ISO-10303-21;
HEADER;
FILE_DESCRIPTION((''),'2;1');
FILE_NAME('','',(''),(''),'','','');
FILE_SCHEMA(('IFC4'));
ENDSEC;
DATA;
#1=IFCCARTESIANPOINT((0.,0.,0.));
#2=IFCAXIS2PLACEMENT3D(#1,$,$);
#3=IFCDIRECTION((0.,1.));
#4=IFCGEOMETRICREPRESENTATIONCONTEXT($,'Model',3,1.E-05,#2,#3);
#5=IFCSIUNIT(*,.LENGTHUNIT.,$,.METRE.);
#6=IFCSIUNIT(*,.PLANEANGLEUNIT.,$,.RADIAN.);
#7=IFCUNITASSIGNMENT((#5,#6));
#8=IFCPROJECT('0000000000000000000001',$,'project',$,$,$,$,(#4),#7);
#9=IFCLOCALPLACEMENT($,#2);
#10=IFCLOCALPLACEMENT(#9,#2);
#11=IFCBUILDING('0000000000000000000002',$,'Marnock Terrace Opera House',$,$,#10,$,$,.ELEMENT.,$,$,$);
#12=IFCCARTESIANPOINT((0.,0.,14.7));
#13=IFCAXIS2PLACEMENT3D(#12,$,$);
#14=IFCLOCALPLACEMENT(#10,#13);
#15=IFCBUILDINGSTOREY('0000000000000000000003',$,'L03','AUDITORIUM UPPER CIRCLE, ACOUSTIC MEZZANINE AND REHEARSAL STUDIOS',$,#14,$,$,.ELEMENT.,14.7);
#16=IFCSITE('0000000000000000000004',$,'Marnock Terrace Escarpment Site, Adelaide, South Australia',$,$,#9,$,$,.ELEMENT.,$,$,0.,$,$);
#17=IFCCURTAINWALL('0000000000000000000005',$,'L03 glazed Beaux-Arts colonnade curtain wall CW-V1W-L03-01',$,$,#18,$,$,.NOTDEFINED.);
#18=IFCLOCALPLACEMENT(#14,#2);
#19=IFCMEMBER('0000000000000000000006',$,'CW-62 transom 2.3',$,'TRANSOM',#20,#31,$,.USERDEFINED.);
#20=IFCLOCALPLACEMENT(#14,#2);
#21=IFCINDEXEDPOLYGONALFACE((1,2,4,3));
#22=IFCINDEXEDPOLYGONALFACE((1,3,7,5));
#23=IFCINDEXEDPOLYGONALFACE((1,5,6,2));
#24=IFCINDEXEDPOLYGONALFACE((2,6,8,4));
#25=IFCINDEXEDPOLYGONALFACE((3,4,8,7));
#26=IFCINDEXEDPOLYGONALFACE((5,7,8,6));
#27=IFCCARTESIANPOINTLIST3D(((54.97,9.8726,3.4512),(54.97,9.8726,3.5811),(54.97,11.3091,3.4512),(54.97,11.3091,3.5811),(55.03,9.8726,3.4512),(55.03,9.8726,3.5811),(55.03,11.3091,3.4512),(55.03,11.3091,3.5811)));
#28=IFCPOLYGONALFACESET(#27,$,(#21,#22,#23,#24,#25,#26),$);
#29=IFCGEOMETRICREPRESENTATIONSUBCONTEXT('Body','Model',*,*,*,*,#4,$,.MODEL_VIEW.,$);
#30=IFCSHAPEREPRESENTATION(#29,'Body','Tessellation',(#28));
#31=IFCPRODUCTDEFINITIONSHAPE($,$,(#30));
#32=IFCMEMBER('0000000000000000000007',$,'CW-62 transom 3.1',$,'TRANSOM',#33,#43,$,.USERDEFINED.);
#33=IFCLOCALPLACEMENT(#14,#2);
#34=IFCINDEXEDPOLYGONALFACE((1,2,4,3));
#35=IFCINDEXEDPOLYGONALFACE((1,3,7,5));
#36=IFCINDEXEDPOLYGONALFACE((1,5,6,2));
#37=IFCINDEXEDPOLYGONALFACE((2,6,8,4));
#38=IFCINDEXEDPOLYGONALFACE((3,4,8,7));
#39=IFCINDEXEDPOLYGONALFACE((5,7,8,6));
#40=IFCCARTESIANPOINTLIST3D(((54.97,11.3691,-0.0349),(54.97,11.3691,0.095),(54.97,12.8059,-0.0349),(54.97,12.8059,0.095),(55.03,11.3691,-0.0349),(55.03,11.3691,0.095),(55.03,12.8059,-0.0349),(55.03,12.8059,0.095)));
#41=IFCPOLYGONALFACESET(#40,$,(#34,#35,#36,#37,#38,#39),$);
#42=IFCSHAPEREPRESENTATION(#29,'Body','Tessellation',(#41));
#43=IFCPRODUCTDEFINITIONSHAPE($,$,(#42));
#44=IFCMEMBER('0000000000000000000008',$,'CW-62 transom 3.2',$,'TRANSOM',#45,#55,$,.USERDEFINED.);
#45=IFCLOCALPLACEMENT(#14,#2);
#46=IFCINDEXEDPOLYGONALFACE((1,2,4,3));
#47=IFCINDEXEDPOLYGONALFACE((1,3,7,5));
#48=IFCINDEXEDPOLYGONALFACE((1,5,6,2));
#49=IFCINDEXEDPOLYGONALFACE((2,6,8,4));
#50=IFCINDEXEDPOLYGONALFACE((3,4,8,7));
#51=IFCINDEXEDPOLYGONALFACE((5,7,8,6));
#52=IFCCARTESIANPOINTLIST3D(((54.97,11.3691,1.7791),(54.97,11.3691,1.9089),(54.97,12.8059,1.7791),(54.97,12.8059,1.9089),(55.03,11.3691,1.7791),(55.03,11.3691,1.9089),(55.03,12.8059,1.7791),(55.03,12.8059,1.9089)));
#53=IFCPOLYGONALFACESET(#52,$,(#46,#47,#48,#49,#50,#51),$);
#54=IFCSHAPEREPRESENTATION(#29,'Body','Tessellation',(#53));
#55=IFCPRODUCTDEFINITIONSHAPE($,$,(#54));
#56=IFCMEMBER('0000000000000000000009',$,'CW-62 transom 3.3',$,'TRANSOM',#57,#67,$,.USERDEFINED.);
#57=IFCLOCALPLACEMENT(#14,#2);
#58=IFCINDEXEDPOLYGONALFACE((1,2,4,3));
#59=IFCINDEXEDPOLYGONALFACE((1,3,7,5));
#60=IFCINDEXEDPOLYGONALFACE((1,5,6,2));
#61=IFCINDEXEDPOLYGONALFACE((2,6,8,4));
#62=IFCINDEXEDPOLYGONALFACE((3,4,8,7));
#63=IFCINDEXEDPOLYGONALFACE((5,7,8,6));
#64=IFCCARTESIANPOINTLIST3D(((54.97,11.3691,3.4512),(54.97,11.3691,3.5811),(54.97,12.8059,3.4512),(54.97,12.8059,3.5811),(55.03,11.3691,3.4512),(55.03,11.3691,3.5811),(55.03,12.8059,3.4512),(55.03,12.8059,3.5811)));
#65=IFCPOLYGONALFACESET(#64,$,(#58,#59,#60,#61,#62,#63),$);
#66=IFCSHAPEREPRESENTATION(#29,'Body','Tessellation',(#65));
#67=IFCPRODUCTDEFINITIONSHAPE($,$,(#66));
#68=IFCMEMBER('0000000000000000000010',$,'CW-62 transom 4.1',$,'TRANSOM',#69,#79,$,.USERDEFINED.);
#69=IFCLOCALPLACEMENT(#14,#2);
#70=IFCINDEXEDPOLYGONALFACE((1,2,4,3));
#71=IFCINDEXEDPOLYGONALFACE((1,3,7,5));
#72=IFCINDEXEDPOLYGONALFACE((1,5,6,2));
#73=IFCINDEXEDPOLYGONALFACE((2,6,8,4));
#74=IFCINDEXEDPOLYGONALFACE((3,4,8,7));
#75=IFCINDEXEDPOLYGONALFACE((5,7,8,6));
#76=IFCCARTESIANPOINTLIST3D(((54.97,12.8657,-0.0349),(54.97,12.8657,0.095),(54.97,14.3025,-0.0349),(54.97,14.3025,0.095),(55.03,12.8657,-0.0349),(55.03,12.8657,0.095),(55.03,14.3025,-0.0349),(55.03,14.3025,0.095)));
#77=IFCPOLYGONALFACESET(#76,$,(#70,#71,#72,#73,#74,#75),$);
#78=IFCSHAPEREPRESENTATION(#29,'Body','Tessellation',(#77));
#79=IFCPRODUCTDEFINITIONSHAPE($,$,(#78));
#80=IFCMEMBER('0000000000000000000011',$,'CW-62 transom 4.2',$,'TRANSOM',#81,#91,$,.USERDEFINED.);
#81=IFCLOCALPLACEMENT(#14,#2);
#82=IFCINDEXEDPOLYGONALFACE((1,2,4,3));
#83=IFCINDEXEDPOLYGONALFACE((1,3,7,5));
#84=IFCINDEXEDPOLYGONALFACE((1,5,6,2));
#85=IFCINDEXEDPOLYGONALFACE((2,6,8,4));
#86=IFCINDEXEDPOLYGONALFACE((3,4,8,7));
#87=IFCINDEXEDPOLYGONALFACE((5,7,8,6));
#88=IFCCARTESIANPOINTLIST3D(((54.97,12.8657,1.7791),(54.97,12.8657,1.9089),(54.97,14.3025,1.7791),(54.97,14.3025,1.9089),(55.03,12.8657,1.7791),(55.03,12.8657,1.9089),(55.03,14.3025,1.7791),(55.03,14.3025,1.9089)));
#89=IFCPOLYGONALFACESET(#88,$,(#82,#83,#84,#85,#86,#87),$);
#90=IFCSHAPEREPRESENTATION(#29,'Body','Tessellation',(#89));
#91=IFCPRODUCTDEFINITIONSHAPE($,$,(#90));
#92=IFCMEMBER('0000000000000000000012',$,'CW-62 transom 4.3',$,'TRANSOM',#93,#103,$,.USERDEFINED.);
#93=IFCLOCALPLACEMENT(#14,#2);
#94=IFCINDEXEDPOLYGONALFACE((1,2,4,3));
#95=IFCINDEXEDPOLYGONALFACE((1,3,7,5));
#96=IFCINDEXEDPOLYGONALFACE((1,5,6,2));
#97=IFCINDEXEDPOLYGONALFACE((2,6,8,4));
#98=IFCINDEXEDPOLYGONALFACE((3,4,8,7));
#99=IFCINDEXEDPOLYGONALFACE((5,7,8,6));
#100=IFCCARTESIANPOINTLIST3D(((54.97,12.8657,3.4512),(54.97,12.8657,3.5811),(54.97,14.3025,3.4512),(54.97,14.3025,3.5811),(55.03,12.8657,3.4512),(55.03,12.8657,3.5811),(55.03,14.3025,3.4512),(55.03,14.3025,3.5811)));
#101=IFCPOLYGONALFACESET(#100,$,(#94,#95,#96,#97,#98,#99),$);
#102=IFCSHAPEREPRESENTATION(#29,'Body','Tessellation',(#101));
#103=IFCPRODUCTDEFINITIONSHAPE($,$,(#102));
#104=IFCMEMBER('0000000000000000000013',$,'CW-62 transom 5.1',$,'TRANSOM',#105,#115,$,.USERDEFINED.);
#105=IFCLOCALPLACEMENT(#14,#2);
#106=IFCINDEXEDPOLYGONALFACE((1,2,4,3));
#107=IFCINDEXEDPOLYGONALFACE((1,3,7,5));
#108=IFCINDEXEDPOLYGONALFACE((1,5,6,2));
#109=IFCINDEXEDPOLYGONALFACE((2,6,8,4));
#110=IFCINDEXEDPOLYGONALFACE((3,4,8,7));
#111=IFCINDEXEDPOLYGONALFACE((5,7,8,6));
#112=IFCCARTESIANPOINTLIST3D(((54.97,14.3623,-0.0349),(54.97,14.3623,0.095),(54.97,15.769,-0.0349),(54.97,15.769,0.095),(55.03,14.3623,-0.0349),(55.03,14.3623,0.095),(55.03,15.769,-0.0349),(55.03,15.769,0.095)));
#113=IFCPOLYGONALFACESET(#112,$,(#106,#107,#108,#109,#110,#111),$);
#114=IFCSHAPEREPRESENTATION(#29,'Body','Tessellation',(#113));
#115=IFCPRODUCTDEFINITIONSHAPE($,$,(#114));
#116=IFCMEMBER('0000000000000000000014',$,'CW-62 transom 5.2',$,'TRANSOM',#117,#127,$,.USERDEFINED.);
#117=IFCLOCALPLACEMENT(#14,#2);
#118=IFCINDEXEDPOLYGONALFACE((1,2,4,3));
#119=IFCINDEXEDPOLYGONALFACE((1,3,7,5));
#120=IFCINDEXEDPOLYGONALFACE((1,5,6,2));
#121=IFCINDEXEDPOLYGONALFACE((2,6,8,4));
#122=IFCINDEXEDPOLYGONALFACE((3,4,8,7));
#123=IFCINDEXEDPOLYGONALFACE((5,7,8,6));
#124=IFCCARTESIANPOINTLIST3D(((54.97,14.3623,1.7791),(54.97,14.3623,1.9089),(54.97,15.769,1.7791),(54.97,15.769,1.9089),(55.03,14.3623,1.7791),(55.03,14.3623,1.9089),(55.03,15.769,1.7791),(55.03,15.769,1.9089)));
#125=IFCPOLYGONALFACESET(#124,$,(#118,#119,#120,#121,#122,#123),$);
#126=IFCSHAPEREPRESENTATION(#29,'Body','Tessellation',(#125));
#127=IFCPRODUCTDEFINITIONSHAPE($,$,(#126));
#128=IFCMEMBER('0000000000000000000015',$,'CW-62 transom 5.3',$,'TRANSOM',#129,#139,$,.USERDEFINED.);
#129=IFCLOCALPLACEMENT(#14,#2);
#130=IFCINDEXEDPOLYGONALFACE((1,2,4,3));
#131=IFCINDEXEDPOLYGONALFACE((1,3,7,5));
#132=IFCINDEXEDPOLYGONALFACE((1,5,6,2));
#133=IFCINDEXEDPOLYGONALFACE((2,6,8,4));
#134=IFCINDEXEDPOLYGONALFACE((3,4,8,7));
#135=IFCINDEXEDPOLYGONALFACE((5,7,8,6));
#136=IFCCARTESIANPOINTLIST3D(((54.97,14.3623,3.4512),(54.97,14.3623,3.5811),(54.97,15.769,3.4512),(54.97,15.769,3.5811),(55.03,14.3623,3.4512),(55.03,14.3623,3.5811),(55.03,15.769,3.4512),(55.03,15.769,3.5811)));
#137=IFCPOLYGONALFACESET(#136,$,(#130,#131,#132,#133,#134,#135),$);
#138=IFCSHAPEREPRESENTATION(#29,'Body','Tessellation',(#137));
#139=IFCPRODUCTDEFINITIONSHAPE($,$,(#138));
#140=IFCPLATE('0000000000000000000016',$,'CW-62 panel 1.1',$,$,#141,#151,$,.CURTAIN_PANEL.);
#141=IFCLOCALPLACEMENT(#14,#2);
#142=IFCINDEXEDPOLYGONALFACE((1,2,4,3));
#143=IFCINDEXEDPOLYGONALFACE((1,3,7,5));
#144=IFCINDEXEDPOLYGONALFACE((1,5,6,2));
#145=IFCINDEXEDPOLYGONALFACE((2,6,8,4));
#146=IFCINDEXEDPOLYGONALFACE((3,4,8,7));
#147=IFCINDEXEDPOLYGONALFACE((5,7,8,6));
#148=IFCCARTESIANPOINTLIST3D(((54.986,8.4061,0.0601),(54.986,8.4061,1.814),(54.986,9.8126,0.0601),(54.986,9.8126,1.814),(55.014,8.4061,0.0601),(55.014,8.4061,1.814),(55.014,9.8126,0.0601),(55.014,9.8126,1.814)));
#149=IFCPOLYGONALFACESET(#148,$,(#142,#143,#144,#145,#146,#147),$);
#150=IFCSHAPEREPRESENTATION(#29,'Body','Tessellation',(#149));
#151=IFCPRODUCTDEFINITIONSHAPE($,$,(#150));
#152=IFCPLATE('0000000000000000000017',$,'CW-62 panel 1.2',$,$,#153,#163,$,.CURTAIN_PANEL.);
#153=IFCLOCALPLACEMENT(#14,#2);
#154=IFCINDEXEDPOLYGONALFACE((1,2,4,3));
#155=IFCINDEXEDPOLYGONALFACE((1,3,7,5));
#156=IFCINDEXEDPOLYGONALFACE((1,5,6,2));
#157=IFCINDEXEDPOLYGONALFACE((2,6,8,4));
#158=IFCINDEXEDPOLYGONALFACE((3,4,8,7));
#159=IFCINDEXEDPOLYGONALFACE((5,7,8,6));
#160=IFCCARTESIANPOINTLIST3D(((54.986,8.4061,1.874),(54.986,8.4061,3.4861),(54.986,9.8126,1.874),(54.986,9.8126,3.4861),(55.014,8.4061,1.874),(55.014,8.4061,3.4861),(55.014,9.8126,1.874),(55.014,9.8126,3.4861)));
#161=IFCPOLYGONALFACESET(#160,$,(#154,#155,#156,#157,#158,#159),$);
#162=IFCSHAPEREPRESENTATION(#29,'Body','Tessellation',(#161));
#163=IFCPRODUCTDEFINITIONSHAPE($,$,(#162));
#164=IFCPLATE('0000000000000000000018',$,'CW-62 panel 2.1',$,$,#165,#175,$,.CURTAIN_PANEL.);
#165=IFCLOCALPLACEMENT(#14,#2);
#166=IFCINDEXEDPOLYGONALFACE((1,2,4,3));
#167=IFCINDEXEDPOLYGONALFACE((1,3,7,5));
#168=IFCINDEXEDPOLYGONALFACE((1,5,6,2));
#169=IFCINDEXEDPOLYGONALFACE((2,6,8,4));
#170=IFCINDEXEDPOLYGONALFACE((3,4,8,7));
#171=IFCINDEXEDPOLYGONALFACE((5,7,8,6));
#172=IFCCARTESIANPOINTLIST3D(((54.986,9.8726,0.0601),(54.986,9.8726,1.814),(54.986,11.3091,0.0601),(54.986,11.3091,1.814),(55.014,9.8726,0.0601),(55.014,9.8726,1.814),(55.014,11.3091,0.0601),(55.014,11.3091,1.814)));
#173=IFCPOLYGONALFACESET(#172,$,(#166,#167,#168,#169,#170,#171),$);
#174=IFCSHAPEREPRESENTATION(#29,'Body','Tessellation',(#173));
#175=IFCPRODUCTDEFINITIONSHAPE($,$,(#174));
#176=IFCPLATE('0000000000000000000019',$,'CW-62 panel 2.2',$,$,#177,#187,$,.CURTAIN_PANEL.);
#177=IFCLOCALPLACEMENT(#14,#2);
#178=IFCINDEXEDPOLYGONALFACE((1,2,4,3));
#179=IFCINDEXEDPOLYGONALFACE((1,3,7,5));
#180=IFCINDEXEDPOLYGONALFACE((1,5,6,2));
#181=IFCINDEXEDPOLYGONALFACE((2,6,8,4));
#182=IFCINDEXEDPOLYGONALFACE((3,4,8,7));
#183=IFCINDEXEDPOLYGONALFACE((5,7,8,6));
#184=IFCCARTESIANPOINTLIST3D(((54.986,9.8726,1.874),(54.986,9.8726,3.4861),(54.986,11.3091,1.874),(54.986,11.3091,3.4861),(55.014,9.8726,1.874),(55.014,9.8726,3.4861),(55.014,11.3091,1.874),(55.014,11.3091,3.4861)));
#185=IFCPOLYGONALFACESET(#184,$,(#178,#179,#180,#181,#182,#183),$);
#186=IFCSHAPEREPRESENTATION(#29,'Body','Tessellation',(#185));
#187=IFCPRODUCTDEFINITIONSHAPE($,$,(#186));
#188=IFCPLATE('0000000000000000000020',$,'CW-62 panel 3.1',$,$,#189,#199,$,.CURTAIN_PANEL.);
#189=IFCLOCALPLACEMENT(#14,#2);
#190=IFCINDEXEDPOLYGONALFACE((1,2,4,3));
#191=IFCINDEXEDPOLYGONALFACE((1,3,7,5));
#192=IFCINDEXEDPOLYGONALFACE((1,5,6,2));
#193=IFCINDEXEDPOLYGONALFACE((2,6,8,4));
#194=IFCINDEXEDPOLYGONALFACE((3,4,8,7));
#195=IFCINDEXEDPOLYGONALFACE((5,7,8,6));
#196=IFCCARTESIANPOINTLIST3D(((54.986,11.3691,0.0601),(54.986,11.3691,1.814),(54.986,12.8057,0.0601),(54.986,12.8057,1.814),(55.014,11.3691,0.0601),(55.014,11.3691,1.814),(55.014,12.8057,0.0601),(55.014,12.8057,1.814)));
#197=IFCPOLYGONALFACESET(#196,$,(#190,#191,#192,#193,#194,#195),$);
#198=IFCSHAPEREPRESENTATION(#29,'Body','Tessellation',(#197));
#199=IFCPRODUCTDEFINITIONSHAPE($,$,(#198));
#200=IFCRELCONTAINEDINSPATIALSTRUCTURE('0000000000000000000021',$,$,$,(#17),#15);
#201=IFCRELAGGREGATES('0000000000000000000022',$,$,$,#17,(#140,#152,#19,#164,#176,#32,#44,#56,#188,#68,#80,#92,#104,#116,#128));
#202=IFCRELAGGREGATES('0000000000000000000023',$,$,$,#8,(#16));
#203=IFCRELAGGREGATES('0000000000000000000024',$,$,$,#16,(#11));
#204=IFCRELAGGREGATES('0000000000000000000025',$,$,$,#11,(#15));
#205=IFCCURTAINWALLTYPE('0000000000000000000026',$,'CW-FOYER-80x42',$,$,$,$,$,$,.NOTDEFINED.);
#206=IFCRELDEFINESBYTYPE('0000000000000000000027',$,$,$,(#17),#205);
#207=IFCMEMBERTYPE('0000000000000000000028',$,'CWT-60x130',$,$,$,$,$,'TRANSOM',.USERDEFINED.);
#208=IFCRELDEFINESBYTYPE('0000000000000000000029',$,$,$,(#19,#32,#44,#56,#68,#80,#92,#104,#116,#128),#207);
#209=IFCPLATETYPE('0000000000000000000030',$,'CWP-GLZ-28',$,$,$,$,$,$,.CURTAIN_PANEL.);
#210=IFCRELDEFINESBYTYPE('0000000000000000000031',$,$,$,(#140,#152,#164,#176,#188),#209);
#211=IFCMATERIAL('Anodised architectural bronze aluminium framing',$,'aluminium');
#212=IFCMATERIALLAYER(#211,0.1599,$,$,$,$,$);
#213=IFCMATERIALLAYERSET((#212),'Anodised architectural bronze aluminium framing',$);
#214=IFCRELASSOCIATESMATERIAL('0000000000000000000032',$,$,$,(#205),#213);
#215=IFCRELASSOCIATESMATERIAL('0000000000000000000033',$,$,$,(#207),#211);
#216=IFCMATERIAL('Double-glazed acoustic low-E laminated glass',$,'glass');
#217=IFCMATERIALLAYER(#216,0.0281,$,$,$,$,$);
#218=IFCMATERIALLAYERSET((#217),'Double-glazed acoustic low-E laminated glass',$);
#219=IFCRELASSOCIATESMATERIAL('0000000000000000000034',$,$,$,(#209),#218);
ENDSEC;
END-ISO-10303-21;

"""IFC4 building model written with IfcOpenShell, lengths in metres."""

from ifc_helpers import new_model, si_unit, direction, frame, origin, origin_2d, place, context, subcontext, project, spatial, rectangle, extrude, material, layer, layer_set, material_profile, profile_set, type_object, element, aggregate, save


model = new_model("IFC4")

# Units and contexts
model_context = context("Model", 3, precision=1e-05, world=origin(), true_north=direction((0.0, 1.0)))
body_context = subcontext(model_context, "Body", "Model", "MODEL_VIEW")
ifc_project = project(units=[si_unit("LENGTHUNIT", "METRE"), si_unit("PLANEANGLEUNIT", "RADIAN")], contexts=[model_context])

# Site, building, storey
site_placement = place(None, origin())
site = spatial("IfcSite", under=ifc_project, at=site_placement, Name="Marnock Terrace Escarpment Site, Adelaide, South Australia", CompositionType="ELEMENT", RefElevation=0.0)
building_placement = place(site_placement, origin())
building = spatial("IfcBuilding", under=site, at=building_placement, Name="Marnock Terrace Opera House", CompositionType="ELEMENT")
storey_placement = place(building_placement, frame((0.0, 0.0, 14.7)))
storey = spatial("IfcBuildingStorey", under=building, at=storey_placement, Name="L03", Description="AUDITORIUM UPPER CIRCLE, ACOUSTIC MEZZANINE AND REHEARSAL STUDIOS", CompositionType="ELEMENT", Elevation=14.7)

# Curtain wall, members, plates
ifc_material_1 = material(Name="Anodised architectural bronze aluminium framing", Category="aluminium")
ifc_layer_1 = layer(ifc_material_1, 0.1599)
ifc_layer_set_1 = layer_set([ifc_layer_1], Name="Anodised architectural bronze aluminium framing")
curtain_wall_type = type_object("IfcCurtainWallType", Name="CW-FOYER-80x42", PredefinedType="NOTDEFINED", material=ifc_layer_set_1)
curtain_wall_placement = place(storey_placement, origin())
curtain_wall = element("IfcCurtainWall", 1, at=curtain_wall_placement, inside=storey, type_object=curtain_wall_type, Name="L03 glazed Beaux-Arts colonnade curtain wall CW-V1W-L03-01", PredefinedType="NOTDEFINED")
ifc_material_profile_1 = material_profile(ifc_material_1, rectangle(XDim=0.0601, YDim=0.1299, at=origin_2d()))
ifc_profile_set_1 = profile_set([ifc_material_profile_1], Name="Anodised architectural bronze aluminium framing")
member_type_1 = type_object("IfcMemberType", Name="CWT-60x130", ElementType="TRANSOM", PredefinedType="USERDEFINED", material=ifc_profile_set_1)
member_1_placement = place(storey_placement, frame((55.0, 9.8726, 3.5161), z_axis=(0.0, 1.0, 0.0), x_axis=(-1.0, 0.0, 0.0)))
member_1 = element("IfcMember", 2, at=member_1_placement, type_object=member_type_1, Name="CW-62 transom 2.3", ObjectType="TRANSOM", PredefinedType="USERDEFINED", context=body_context, shape_type="SweptSolid", body=[
    extrude(rectangle(XDim=0.0601, YDim=0.1299, at=origin_2d()), origin(), (0.0, 0.0, 1.0), 1.4365),
])
member_2_placement = place(storey_placement, frame((55.0, 11.3691, 0.03), z_axis=(0.0, 1.0, 0.0), x_axis=(-1.0, 0.0, 0.0)))
member_2 = element("IfcMember", 3, at=member_2_placement, type_object=member_type_1, Name="CW-62 transom 3.1", ObjectType="TRANSOM", PredefinedType="USERDEFINED", context=body_context, shape_type="SweptSolid", body=[
    extrude(rectangle(XDim=0.0601, YDim=0.1299, at=origin_2d()), origin(), (0.0, 0.0, 1.0), 1.4368),
])
member_3_placement = place(storey_placement, frame((55.0, 11.3691, 1.844), z_axis=(0.0, 1.0, 0.0), x_axis=(-1.0, 0.0, 0.0)))
member_3 = element("IfcMember", 4, at=member_3_placement, type_object=member_type_1, Name="CW-62 transom 3.2", ObjectType="TRANSOM", PredefinedType="USERDEFINED", context=body_context, shape_type="SweptSolid", body=[
    extrude(rectangle(XDim=0.0601, YDim=0.1299, at=origin_2d()), origin(), (0.0, 0.0, 1.0), 1.4368),
])
member_4_placement = place(storey_placement, frame((55.0, 11.3691, 3.5161), z_axis=(0.0, 1.0, 0.0), x_axis=(-1.0, 0.0, 0.0)))
member_4 = element("IfcMember", 5, at=member_4_placement, type_object=member_type_1, Name="CW-62 transom 3.3", ObjectType="TRANSOM", PredefinedType="USERDEFINED", context=body_context, shape_type="SweptSolid", body=[
    extrude(rectangle(XDim=0.0601, YDim=0.1299, at=origin_2d()), origin(), (0.0, 0.0, 1.0), 1.4368),
])
member_5_placement = place(storey_placement, frame((55.0, 12.8657, 0.03), z_axis=(0.0, 1.0, 0.0), x_axis=(-1.0, 0.0, 0.0)))
member_5 = element("IfcMember", 6, at=member_5_placement, type_object=member_type_1, Name="CW-62 transom 4.1", ObjectType="TRANSOM", PredefinedType="USERDEFINED", context=body_context, shape_type="SweptSolid", body=[
    extrude(rectangle(XDim=0.0601, YDim=0.1299, at=origin_2d()), origin(), (0.0, 0.0, 1.0), 1.4368),
])
member_6_placement = place(storey_placement, frame((55.0, 12.8657, 1.844), z_axis=(0.0, 1.0, 0.0), x_axis=(-1.0, 0.0, 0.0)))
member_6 = element("IfcMember", 7, at=member_6_placement, type_object=member_type_1, Name="CW-62 transom 4.2", ObjectType="TRANSOM", PredefinedType="USERDEFINED", context=body_context, shape_type="SweptSolid", body=[
    extrude(rectangle(XDim=0.0601, YDim=0.1299, at=origin_2d()), origin(), (0.0, 0.0, 1.0), 1.4368),
])
member_7_placement = place(storey_placement, frame((55.0, 12.8657, 3.5161), z_axis=(0.0, 1.0, 0.0), x_axis=(-1.0, 0.0, 0.0)))
member_7 = element("IfcMember", 8, at=member_7_placement, type_object=member_type_1, Name="CW-62 transom 4.3", ObjectType="TRANSOM", PredefinedType="USERDEFINED", context=body_context, shape_type="SweptSolid", body=[
    extrude(rectangle(XDim=0.0601, YDim=0.1299, at=origin_2d()), origin(), (0.0, 0.0, 1.0), 1.4368),
])
member_8_placement = place(storey_placement, frame((55.0, 14.3623, 0.03), z_axis=(0.0, 1.0, 0.0), x_axis=(-1.0, 0.0, 0.0)))
member_8 = element("IfcMember", 9, at=member_8_placement, type_object=member_type_1, Name="CW-62 transom 5.1", ObjectType="TRANSOM", PredefinedType="USERDEFINED", context=body_context, shape_type="SweptSolid", body=[
    extrude(rectangle(XDim=0.0601, YDim=0.1299, at=origin_2d()), origin(), (0.0, 0.0, 1.0), 1.4067),
])
member_9_placement = place(storey_placement, frame((55.0, 14.3623, 1.844), z_axis=(0.0, 1.0, 0.0), x_axis=(-1.0, 0.0, 0.0)))
member_9 = element("IfcMember", 10, at=member_9_placement, type_object=member_type_1, Name="CW-62 transom 5.2", ObjectType="TRANSOM", PredefinedType="USERDEFINED", context=body_context, shape_type="SweptSolid", body=[
    extrude(rectangle(XDim=0.0601, YDim=0.1299, at=origin_2d()), origin(), (0.0, 0.0, 1.0), 1.4067),
])
member_10_placement = place(storey_placement, frame((55.0, 14.3623, 3.5161), z_axis=(0.0, 1.0, 0.0), x_axis=(-1.0, 0.0, 0.0)))
member_10 = element("IfcMember", 11, at=member_10_placement, type_object=member_type_1, Name="CW-62 transom 5.3", ObjectType="TRANSOM", PredefinedType="USERDEFINED", context=body_context, shape_type="SweptSolid", body=[
    extrude(rectangle(XDim=0.0601, YDim=0.1299, at=origin_2d()), origin(), (0.0, 0.0, 1.0), 1.4067),
])
ifc_material_2 = material(Name="Double-glazed acoustic low-E laminated glass", Category="glass")
ifc_layer_2 = layer(ifc_material_2, 0.0281)
ifc_layer_set_2 = layer_set([ifc_layer_2], Name="Double-glazed acoustic low-E laminated glass")
plate_type = type_object("IfcPlateType", Name="CWP-GLZ-28", PredefinedType="CURTAIN_PANEL", material=ifc_layer_set_2)
plate_1_placement = place(storey_placement, frame((55.0, 9.1094, 0.0601), z_axis=(0.0, 0.0, 1.0), x_axis=(0.0, 1.0, 0.0)))
plate_1 = element("IfcPlate", 12, at=plate_1_placement, type_object=plate_type, Name="CW-62 panel 1.1", PredefinedType="CURTAIN_PANEL", context=body_context, shape_type="SweptSolid", body=[
    extrude(rectangle(XDim=1.4065, YDim=0.0281, at=origin_2d()), origin(), (0.0, 0.0, 1.0), 1.7539),
])
plate_2_placement = place(storey_placement, frame((55.0, 9.1094, 1.874), z_axis=(0.0, 0.0, 1.0), x_axis=(0.0, 1.0, 0.0)))
plate_2 = element("IfcPlate", 13, at=plate_2_placement, type_object=plate_type, Name="CW-62 panel 1.2", PredefinedType="CURTAIN_PANEL", context=body_context, shape_type="SweptSolid", body=[
    extrude(rectangle(XDim=1.4065, YDim=0.0281, at=origin_2d()), origin(), (0.0, 0.0, 1.0), 1.6121),
])
plate_3_placement = place(storey_placement, frame((55.0, 10.5908, 0.0601), z_axis=(0.0, 0.0, 1.0), x_axis=(0.0, 1.0, 0.0)))
plate_3 = element("IfcPlate", 14, at=plate_3_placement, type_object=plate_type, Name="CW-62 panel 2.1", PredefinedType="CURTAIN_PANEL", context=body_context, shape_type="SweptSolid", body=[
    extrude(rectangle(XDim=1.4365, YDim=0.0281, at=origin_2d()), origin(), (0.0, 0.0, 1.0), 1.7539),
])
plate_4_placement = place(storey_placement, frame((55.0, 10.5908, 1.874), z_axis=(0.0, 0.0, 1.0), x_axis=(0.0, 1.0, 0.0)))
plate_4 = element("IfcPlate", 15, at=plate_4_placement, type_object=plate_type, Name="CW-62 panel 2.2", PredefinedType="CURTAIN_PANEL", context=body_context, shape_type="SweptSolid", body=[
    extrude(rectangle(XDim=1.4365, YDim=0.0281, at=origin_2d()), origin(), (0.0, 0.0, 1.0), 1.6121),
])
plate_5_placement = place(storey_placement, frame((55.0, 12.0874, 0.0601), z_axis=(0.0, 0.0, 1.0), x_axis=(0.0, 1.0, 0.0)))
plate_5 = element("IfcPlate", 16, at=plate_5_placement, type_object=plate_type, Name="CW-62 panel 3.1", PredefinedType="CURTAIN_PANEL", context=body_context, shape_type="SweptSolid", body=[
    extrude(rectangle(XDim=1.4365, YDim=0.0281, at=origin_2d()), origin(), (0.0, 0.0, 1.0), 1.7539),
])
aggregate(curtain_wall, [plate_1, plate_2, member_1, plate_3, plate_4, member_2, member_3, member_4, plate_5, member_5, member_6, member_7, member_8, member_9, member_10])

save(model, "model.ifc")
